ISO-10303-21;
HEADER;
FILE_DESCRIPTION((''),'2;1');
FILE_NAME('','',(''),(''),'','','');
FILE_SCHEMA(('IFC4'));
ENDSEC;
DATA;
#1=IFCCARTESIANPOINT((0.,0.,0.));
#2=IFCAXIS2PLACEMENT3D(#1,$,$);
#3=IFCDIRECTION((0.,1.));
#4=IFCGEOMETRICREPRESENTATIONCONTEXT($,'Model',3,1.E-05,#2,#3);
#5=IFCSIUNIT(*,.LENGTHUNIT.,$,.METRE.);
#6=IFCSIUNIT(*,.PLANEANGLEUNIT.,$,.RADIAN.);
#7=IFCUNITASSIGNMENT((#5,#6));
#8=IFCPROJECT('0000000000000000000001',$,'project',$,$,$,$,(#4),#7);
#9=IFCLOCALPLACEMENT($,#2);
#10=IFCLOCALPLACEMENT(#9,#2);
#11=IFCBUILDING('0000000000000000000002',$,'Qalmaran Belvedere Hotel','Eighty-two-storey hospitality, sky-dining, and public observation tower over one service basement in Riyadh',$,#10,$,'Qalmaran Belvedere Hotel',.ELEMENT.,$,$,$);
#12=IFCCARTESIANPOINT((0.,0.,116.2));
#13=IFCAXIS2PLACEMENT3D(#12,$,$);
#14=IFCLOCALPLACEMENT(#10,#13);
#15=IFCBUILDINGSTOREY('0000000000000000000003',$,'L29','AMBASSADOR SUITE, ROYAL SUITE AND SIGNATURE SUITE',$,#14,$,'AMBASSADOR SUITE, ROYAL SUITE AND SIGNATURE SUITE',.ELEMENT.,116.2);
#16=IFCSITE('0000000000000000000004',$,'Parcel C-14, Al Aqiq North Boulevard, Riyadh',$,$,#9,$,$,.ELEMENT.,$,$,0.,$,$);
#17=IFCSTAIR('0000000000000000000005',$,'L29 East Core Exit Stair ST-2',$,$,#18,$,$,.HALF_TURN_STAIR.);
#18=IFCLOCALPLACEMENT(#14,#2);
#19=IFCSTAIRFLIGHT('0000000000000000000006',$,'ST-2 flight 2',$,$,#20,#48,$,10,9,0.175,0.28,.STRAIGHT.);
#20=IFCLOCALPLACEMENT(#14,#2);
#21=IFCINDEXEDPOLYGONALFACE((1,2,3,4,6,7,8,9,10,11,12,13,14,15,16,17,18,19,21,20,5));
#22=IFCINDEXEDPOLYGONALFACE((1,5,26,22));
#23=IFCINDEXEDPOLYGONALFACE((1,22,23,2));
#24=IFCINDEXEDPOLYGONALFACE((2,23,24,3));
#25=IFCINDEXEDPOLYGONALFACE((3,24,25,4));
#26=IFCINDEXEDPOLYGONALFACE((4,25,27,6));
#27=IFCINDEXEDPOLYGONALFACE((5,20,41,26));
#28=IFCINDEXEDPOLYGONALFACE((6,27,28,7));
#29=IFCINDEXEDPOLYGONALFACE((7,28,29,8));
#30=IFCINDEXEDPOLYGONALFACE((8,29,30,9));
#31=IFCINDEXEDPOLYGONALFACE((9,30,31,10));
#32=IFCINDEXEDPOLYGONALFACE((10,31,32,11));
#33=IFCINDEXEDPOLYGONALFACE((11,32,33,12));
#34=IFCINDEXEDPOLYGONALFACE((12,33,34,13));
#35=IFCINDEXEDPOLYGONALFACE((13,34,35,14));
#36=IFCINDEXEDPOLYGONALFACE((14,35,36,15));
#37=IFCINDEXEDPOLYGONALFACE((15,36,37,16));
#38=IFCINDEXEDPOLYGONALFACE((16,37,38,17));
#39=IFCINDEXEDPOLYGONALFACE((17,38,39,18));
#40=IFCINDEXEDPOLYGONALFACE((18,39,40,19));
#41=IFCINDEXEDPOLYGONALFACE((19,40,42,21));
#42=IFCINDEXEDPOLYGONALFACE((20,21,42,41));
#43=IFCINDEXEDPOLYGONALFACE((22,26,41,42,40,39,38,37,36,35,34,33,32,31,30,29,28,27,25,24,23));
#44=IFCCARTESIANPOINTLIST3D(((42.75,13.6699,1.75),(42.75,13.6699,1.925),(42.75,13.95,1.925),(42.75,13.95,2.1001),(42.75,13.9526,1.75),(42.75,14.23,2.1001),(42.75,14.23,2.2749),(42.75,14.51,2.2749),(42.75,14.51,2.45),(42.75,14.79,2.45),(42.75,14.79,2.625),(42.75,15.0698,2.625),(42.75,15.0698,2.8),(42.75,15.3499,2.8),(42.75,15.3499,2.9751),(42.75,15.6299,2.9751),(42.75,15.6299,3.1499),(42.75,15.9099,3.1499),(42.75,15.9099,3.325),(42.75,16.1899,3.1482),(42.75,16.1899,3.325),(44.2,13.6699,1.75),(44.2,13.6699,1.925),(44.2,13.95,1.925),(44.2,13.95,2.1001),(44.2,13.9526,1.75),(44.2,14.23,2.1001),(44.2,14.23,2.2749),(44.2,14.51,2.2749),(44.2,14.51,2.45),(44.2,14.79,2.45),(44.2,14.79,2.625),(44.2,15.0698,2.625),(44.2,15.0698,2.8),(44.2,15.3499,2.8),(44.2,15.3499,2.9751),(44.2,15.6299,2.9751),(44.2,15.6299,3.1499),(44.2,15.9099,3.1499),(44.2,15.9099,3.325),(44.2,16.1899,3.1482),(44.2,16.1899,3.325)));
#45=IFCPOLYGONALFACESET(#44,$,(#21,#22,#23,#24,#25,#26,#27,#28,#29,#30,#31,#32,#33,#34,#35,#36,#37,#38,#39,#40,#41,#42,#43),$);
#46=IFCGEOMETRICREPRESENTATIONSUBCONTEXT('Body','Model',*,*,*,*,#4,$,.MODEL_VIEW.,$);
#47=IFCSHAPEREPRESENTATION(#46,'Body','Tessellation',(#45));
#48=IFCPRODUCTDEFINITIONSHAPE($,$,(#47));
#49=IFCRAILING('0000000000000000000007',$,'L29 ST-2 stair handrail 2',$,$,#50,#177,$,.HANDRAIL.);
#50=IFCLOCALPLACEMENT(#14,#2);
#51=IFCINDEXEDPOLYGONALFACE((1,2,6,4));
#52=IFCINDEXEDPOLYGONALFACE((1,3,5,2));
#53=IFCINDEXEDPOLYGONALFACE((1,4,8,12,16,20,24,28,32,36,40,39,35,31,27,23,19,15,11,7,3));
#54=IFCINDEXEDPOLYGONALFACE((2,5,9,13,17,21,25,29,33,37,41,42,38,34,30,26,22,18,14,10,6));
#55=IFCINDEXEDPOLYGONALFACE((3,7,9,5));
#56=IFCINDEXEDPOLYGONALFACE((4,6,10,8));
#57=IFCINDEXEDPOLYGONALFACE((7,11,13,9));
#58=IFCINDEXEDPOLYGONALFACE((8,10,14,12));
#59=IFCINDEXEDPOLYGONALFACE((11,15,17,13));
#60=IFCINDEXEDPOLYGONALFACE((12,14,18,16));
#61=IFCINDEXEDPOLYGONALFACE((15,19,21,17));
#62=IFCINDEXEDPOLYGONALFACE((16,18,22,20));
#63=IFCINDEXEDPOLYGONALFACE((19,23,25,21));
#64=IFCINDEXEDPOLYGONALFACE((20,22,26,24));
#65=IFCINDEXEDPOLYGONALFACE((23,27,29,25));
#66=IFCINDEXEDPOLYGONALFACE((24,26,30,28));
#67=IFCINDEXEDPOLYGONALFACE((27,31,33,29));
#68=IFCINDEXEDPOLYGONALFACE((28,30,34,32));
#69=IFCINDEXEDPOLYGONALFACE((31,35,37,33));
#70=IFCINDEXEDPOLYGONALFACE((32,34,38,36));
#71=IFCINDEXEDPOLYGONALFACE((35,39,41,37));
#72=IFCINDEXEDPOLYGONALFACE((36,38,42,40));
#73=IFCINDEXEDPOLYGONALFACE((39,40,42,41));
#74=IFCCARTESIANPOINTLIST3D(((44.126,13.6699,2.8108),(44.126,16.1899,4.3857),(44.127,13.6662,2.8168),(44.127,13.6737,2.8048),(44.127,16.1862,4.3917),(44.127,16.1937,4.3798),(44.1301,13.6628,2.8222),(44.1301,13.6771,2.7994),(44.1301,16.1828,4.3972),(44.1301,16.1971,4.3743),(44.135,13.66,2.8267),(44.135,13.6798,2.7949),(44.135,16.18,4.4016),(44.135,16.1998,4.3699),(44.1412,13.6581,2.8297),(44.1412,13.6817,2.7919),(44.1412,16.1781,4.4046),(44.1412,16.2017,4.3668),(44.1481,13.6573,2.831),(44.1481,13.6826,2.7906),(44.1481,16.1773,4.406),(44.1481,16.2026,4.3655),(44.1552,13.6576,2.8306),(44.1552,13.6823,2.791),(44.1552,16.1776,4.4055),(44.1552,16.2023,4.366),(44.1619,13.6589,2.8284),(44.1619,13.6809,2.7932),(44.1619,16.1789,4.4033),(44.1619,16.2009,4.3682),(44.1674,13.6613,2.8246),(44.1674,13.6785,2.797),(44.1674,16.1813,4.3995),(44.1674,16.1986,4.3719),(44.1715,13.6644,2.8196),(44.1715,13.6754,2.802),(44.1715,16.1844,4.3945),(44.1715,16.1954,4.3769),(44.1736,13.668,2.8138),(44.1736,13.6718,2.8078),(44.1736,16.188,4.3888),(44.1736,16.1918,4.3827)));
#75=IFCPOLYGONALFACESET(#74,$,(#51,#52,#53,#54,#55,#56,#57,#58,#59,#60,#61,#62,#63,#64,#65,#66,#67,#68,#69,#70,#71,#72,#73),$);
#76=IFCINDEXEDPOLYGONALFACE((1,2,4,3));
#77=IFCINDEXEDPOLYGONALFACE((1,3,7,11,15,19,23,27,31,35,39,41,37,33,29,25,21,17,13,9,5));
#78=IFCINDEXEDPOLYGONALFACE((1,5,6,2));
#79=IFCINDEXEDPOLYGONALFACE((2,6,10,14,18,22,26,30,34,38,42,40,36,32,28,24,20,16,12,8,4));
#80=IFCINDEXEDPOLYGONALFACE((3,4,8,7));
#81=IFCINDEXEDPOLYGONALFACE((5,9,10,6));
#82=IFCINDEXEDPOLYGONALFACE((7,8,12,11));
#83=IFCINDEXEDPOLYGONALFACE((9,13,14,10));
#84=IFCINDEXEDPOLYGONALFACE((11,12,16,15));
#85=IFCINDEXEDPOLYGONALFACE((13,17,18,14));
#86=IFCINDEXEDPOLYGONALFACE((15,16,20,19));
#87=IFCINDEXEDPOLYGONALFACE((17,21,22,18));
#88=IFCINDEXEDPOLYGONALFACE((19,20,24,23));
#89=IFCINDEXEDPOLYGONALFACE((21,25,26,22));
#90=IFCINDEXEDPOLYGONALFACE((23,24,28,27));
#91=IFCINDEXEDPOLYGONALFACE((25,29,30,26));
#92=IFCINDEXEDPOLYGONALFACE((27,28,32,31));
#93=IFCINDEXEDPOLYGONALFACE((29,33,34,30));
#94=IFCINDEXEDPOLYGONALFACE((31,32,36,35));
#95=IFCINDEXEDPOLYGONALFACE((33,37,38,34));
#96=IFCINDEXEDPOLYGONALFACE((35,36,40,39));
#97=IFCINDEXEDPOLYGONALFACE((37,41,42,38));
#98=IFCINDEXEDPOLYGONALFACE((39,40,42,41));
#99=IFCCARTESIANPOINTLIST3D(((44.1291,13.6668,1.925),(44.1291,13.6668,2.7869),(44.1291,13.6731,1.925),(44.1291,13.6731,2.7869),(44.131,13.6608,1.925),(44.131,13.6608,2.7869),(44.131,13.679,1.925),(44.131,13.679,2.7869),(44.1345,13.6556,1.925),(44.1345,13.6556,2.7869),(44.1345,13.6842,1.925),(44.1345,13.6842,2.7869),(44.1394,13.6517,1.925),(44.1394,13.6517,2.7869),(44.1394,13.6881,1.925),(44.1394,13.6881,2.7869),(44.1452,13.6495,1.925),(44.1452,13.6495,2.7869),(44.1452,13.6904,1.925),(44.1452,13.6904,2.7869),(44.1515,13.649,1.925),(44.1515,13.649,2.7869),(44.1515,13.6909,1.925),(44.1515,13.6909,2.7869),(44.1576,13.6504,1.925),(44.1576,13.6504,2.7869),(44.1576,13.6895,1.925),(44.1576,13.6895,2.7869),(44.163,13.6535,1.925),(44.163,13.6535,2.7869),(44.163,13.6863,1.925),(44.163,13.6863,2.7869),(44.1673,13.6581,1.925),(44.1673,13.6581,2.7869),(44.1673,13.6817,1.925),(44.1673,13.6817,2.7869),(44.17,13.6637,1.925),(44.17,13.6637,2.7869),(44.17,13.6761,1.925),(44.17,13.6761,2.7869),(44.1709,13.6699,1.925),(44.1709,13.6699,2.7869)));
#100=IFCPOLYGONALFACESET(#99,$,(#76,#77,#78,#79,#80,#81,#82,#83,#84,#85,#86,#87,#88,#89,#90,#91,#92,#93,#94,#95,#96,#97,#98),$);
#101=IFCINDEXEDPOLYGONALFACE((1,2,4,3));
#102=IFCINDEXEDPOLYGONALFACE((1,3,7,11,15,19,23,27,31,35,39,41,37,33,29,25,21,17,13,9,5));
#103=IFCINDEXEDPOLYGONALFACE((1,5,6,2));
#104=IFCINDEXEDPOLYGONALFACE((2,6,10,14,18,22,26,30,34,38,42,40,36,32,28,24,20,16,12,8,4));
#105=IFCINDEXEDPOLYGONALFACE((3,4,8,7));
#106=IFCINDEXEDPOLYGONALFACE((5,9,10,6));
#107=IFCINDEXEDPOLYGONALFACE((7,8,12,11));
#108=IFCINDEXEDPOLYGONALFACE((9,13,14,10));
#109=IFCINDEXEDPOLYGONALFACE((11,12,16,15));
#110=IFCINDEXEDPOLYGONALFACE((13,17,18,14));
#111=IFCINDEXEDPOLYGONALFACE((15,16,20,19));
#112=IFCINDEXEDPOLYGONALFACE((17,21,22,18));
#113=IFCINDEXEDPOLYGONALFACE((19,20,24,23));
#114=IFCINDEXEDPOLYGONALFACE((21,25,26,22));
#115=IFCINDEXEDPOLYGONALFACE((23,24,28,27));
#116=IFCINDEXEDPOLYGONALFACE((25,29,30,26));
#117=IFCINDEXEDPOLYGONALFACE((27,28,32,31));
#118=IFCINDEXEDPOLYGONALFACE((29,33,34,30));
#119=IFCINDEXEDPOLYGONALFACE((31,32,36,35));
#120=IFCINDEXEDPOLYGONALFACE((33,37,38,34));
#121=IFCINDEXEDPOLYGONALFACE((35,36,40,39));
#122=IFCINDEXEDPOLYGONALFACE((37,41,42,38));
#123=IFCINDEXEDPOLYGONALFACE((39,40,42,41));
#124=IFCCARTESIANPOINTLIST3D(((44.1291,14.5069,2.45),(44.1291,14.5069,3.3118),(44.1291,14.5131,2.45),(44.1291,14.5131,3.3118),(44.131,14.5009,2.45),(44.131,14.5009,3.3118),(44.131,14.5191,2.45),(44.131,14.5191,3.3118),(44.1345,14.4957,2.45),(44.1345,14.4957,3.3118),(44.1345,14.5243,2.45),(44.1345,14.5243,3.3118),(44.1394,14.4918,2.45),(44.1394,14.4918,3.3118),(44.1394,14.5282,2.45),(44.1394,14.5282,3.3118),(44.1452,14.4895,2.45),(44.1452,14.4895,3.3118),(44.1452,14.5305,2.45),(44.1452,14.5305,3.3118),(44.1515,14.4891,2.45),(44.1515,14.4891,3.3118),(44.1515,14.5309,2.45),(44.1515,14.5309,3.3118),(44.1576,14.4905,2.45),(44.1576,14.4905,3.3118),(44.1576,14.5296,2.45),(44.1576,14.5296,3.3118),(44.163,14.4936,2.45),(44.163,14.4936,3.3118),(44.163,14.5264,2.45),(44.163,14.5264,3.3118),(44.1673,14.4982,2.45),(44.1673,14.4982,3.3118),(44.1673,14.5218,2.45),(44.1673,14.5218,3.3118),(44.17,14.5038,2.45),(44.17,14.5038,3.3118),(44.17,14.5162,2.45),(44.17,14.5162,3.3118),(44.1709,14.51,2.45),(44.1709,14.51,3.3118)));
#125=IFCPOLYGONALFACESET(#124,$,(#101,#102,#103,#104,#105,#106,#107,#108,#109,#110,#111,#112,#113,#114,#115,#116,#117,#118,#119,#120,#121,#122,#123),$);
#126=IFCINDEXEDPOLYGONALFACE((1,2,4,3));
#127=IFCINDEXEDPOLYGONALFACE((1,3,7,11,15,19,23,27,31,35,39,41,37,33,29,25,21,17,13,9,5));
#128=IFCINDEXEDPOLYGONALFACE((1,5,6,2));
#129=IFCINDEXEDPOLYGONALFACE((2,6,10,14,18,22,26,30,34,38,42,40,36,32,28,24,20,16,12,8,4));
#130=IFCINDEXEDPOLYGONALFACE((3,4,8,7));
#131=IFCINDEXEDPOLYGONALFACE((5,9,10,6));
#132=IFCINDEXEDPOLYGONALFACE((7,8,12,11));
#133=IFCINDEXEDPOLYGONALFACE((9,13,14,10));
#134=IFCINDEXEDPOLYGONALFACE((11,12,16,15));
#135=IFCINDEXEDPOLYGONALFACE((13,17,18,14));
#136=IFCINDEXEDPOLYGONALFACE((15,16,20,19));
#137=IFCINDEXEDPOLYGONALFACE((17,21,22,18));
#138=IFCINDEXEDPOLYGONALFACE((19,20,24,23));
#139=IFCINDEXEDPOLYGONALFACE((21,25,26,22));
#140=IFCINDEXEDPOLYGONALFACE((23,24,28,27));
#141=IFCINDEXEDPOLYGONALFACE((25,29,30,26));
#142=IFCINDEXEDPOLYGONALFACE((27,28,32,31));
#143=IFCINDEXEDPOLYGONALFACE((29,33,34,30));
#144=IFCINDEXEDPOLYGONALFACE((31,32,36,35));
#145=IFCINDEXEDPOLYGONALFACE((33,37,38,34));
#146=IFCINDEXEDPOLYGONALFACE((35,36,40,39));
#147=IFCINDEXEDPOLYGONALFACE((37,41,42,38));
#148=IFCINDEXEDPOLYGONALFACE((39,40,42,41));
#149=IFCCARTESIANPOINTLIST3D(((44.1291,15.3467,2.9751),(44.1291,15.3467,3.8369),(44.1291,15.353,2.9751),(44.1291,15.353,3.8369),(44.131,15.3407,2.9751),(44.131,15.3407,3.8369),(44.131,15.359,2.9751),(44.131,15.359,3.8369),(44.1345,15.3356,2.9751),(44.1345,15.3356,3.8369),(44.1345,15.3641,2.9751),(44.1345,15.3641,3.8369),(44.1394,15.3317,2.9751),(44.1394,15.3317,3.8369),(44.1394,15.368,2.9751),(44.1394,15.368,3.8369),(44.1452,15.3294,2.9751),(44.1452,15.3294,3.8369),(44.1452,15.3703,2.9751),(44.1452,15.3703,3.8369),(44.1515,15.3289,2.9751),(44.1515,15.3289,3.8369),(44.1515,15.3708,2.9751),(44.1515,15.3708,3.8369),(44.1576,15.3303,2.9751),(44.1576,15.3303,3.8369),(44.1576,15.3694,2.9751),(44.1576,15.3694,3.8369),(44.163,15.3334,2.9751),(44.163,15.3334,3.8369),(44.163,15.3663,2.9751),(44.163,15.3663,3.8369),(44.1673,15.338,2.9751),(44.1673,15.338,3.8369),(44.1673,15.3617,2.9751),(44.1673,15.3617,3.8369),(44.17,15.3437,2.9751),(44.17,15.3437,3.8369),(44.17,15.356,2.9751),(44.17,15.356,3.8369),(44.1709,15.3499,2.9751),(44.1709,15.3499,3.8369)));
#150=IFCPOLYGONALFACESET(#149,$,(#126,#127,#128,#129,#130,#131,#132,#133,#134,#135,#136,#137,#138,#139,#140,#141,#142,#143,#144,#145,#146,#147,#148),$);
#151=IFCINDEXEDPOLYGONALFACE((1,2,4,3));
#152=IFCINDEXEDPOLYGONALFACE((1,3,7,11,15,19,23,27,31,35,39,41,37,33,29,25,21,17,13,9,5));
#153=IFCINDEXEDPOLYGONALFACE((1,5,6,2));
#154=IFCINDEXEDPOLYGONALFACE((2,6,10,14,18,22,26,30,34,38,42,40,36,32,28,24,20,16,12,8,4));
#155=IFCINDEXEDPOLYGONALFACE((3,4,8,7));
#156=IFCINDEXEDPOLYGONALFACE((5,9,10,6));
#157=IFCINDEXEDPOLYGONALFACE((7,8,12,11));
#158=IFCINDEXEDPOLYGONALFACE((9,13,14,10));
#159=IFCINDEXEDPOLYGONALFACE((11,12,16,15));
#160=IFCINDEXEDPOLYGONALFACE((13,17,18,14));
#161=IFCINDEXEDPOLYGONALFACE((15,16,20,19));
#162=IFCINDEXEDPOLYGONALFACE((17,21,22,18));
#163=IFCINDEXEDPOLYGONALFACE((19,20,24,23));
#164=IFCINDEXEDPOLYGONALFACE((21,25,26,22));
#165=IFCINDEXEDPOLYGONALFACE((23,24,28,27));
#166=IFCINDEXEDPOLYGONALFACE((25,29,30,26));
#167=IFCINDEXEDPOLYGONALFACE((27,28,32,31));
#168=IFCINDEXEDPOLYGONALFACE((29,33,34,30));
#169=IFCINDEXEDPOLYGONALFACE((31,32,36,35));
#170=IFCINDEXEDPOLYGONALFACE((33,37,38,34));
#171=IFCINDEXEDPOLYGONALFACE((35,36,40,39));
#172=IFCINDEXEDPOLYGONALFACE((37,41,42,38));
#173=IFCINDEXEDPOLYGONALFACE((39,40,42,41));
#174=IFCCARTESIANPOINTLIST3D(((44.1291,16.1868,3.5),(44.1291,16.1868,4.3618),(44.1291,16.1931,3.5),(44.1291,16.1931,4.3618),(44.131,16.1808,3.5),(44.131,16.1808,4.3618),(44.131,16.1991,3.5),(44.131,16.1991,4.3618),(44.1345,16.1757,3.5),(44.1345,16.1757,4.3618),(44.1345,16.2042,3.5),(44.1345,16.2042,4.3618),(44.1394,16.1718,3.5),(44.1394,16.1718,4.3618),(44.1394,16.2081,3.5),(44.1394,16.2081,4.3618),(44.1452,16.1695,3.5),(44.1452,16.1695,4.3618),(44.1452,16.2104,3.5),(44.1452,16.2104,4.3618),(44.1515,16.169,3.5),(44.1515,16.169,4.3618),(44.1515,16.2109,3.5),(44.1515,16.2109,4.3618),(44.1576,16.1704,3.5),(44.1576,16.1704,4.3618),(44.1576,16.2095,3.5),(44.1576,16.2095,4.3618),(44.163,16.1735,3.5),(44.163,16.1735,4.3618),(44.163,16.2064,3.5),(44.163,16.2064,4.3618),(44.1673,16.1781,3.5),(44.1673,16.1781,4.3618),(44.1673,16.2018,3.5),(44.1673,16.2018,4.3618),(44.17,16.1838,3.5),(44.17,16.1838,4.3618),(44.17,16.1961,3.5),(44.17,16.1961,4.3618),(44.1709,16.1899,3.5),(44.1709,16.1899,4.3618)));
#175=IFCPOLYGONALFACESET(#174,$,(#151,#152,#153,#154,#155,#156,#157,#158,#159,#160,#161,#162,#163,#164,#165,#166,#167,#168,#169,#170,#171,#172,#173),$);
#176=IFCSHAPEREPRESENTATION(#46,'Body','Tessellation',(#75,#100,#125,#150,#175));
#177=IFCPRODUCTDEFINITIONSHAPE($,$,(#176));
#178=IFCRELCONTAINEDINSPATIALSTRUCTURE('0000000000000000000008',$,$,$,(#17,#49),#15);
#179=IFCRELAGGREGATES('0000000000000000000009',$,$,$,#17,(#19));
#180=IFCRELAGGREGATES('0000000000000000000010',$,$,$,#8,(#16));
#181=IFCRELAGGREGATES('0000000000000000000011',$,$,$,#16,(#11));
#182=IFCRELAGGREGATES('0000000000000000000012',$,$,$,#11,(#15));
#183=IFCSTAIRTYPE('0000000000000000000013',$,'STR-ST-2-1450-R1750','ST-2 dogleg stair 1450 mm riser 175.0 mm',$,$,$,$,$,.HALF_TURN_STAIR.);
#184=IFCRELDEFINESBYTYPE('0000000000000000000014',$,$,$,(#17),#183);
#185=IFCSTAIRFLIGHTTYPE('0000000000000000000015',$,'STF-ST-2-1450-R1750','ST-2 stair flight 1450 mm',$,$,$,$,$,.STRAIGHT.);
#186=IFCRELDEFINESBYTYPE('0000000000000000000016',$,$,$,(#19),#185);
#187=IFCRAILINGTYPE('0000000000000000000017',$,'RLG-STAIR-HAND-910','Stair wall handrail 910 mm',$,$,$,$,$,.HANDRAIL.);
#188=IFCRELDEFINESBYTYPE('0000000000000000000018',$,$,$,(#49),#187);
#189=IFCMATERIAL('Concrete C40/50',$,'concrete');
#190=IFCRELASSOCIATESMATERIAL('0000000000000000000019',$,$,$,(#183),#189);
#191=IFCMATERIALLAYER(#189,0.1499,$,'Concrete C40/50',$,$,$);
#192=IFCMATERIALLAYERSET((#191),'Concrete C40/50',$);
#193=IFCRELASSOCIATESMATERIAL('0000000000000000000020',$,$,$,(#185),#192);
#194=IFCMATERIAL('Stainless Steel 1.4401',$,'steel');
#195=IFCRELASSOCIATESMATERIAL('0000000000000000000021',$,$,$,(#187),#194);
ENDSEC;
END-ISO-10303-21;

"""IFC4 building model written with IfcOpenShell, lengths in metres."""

from ifc_helpers import new_model, si_unit, direction, frame, origin, origin_2d, place, context, subcontext, project, spatial, polyline, circle, outline, extrude, material, layer, layer_set, type_object, element, aggregate, save


model = new_model("IFC4")

# Units and contexts
model_context = context("Model", 3, precision=1e-05, world=origin(), true_north=direction((0.0, 1.0)))
body_context = subcontext(model_context, "Body", "Model", "MODEL_VIEW")
ifc_project = project(units=[si_unit("LENGTHUNIT", "METRE"), si_unit("PLANEANGLEUNIT", "RADIAN")], contexts=[model_context])

# Site, building, storey
site_placement = place(None, origin())
site = spatial("IfcSite", under=ifc_project, at=site_placement, Name="Parcel C-14, Al Aqiq North Boulevard, Riyadh", CompositionType="ELEMENT", RefElevation=0.0)
building_placement = place(site_placement, origin())
building = spatial("IfcBuilding", under=site, at=building_placement, Name="Qalmaran Belvedere Hotel", Description="Eighty-two-storey hospitality, sky-dining, and public observation tower over one service basement in Riyadh", LongName="Qalmaran Belvedere Hotel", CompositionType="ELEMENT")
storey_placement = place(building_placement, frame((0.0, 0.0, 116.2)))
storey = spatial("IfcBuildingStorey", under=building, at=storey_placement, Name="L29", Description="AMBASSADOR SUITE, ROYAL SUITE AND SIGNATURE SUITE", LongName="AMBASSADOR SUITE, ROYAL SUITE AND SIGNATURE SUITE", CompositionType="ELEMENT", Elevation=116.2)

# Stair, stair flight
ifc_material_1 = material(Name="Concrete C40/50", Category="concrete")
stair_type = type_object("IfcStairType", Name="STR-ST-2-1450-R1750", Description="ST-2 dogleg stair 1450 mm riser 175.0 mm", PredefinedType="HALF_TURN_STAIR", material=ifc_material_1)
stair_placement = place(storey_placement, origin())
stair = element("IfcStair", 1, at=stair_placement, inside=storey, type_object=stair_type, Name="L29 East Core Exit Stair ST-2", PredefinedType="HALF_TURN_STAIR")
ifc_layer_1 = layer(ifc_material_1, 0.1499, Name="Concrete C40/50")
ifc_layer_set_1 = layer_set([ifc_layer_1], Name="Concrete C40/50")
stair_flight_type = type_object("IfcStairFlightType", Name="STF-ST-2-1450-R1750", Description="ST-2 stair flight 1450 mm", PredefinedType="STRAIGHT", material=ifc_layer_set_1)
stair_flight_placement = place(storey_placement, frame((43.4751, 13.6699, 1.75), z_axis=(0.0, 0.0, 1.0), x_axis=(0.0, 1.0, 0.0)))
stair_flight = element("IfcStairFlight", 2, at=stair_flight_placement, type_object=stair_flight_type, Name="ST-2 flight 2", NumberOfRisers=10, NumberOfTreads=9, PredefinedType="STRAIGHT", RiserHeight=0.175, TreadLength=0.28, context=body_context, shape_type="SweptSolid", body=[
    extrude(outline(polyline([(0.0, 0.0), (0.0, 0.175), (0.28, 0.175), (0.28, 0.3501), (0.5601, 0.3501), (0.5601, 0.5249), (0.8401, 0.5249), (0.8401, 0.7), (1.1201, 0.7), (1.1201, 0.875), (1.3999, 0.875), (1.3999, 1.05), (1.6799, 1.05), (1.6799, 1.2251), (1.96, 1.2251), (1.96, 1.3999), (2.24, 1.3999), (2.24, 1.575), (2.52, 1.575), (2.52, 1.75), (2.52, 1.3982), (0.2827, 0.0), (0.0, 0.0)])), frame((0.0, 0.7251, 0.0), z_axis=(0.0, -1.0, 0.0), x_axis=(1.0, 0.0, 0.0)), (0.0, 0.0, 1.0), 1.45),
])
aggregate(stair, [stair_flight])

# Railing
ifc_material_2 = material(Name="Stainless Steel 1.4401", Category="steel")
railing_type = type_object("IfcRailingType", Name="RLG-STAIR-HAND-910", Description="Stair wall handrail 910 mm", PredefinedType="HANDRAIL", material=ifc_material_2)
railing_placement = place(storey_placement, frame((44.1499, 13.6699, 1.925)))
element("IfcRailing", 3, at=railing_placement, inside=storey, type_object=railing_type, Name="L29 ST-2 stair handrail 2", PredefinedType="HANDRAIL", context=body_context, shape_type="SweptSolid", body=[
    extrude(circle(Radius=0.0239, at=origin_2d()), frame((0.0, 0.0, 0.8857), z_axis=(0.0, 0.848008, 0.529984), x_axis=(-1.0, 0.0, 0.0)), (0.0, 0.0, 1.0), 2.9717),
    extrude(circle(Radius=0.021, at=origin_2d()), origin(), (0.0, 0.0, 1.0), 0.8618),
    extrude(circle(Radius=0.021, at=origin_2d()), frame((0.0, 0.8401, 0.5249)), (0.0, 0.0, 1.0), 0.8618),
    extrude(circle(Radius=0.021, at=origin_2d()), frame((0.0, 1.6799, 1.05)), (0.0, 0.0, 1.0), 0.8618),
    extrude(circle(Radius=0.021, at=origin_2d()), frame((0.0, 2.52, 1.575)), (0.0, 0.0, 1.0), 0.8618),
])

save(model, "model.ifc")
